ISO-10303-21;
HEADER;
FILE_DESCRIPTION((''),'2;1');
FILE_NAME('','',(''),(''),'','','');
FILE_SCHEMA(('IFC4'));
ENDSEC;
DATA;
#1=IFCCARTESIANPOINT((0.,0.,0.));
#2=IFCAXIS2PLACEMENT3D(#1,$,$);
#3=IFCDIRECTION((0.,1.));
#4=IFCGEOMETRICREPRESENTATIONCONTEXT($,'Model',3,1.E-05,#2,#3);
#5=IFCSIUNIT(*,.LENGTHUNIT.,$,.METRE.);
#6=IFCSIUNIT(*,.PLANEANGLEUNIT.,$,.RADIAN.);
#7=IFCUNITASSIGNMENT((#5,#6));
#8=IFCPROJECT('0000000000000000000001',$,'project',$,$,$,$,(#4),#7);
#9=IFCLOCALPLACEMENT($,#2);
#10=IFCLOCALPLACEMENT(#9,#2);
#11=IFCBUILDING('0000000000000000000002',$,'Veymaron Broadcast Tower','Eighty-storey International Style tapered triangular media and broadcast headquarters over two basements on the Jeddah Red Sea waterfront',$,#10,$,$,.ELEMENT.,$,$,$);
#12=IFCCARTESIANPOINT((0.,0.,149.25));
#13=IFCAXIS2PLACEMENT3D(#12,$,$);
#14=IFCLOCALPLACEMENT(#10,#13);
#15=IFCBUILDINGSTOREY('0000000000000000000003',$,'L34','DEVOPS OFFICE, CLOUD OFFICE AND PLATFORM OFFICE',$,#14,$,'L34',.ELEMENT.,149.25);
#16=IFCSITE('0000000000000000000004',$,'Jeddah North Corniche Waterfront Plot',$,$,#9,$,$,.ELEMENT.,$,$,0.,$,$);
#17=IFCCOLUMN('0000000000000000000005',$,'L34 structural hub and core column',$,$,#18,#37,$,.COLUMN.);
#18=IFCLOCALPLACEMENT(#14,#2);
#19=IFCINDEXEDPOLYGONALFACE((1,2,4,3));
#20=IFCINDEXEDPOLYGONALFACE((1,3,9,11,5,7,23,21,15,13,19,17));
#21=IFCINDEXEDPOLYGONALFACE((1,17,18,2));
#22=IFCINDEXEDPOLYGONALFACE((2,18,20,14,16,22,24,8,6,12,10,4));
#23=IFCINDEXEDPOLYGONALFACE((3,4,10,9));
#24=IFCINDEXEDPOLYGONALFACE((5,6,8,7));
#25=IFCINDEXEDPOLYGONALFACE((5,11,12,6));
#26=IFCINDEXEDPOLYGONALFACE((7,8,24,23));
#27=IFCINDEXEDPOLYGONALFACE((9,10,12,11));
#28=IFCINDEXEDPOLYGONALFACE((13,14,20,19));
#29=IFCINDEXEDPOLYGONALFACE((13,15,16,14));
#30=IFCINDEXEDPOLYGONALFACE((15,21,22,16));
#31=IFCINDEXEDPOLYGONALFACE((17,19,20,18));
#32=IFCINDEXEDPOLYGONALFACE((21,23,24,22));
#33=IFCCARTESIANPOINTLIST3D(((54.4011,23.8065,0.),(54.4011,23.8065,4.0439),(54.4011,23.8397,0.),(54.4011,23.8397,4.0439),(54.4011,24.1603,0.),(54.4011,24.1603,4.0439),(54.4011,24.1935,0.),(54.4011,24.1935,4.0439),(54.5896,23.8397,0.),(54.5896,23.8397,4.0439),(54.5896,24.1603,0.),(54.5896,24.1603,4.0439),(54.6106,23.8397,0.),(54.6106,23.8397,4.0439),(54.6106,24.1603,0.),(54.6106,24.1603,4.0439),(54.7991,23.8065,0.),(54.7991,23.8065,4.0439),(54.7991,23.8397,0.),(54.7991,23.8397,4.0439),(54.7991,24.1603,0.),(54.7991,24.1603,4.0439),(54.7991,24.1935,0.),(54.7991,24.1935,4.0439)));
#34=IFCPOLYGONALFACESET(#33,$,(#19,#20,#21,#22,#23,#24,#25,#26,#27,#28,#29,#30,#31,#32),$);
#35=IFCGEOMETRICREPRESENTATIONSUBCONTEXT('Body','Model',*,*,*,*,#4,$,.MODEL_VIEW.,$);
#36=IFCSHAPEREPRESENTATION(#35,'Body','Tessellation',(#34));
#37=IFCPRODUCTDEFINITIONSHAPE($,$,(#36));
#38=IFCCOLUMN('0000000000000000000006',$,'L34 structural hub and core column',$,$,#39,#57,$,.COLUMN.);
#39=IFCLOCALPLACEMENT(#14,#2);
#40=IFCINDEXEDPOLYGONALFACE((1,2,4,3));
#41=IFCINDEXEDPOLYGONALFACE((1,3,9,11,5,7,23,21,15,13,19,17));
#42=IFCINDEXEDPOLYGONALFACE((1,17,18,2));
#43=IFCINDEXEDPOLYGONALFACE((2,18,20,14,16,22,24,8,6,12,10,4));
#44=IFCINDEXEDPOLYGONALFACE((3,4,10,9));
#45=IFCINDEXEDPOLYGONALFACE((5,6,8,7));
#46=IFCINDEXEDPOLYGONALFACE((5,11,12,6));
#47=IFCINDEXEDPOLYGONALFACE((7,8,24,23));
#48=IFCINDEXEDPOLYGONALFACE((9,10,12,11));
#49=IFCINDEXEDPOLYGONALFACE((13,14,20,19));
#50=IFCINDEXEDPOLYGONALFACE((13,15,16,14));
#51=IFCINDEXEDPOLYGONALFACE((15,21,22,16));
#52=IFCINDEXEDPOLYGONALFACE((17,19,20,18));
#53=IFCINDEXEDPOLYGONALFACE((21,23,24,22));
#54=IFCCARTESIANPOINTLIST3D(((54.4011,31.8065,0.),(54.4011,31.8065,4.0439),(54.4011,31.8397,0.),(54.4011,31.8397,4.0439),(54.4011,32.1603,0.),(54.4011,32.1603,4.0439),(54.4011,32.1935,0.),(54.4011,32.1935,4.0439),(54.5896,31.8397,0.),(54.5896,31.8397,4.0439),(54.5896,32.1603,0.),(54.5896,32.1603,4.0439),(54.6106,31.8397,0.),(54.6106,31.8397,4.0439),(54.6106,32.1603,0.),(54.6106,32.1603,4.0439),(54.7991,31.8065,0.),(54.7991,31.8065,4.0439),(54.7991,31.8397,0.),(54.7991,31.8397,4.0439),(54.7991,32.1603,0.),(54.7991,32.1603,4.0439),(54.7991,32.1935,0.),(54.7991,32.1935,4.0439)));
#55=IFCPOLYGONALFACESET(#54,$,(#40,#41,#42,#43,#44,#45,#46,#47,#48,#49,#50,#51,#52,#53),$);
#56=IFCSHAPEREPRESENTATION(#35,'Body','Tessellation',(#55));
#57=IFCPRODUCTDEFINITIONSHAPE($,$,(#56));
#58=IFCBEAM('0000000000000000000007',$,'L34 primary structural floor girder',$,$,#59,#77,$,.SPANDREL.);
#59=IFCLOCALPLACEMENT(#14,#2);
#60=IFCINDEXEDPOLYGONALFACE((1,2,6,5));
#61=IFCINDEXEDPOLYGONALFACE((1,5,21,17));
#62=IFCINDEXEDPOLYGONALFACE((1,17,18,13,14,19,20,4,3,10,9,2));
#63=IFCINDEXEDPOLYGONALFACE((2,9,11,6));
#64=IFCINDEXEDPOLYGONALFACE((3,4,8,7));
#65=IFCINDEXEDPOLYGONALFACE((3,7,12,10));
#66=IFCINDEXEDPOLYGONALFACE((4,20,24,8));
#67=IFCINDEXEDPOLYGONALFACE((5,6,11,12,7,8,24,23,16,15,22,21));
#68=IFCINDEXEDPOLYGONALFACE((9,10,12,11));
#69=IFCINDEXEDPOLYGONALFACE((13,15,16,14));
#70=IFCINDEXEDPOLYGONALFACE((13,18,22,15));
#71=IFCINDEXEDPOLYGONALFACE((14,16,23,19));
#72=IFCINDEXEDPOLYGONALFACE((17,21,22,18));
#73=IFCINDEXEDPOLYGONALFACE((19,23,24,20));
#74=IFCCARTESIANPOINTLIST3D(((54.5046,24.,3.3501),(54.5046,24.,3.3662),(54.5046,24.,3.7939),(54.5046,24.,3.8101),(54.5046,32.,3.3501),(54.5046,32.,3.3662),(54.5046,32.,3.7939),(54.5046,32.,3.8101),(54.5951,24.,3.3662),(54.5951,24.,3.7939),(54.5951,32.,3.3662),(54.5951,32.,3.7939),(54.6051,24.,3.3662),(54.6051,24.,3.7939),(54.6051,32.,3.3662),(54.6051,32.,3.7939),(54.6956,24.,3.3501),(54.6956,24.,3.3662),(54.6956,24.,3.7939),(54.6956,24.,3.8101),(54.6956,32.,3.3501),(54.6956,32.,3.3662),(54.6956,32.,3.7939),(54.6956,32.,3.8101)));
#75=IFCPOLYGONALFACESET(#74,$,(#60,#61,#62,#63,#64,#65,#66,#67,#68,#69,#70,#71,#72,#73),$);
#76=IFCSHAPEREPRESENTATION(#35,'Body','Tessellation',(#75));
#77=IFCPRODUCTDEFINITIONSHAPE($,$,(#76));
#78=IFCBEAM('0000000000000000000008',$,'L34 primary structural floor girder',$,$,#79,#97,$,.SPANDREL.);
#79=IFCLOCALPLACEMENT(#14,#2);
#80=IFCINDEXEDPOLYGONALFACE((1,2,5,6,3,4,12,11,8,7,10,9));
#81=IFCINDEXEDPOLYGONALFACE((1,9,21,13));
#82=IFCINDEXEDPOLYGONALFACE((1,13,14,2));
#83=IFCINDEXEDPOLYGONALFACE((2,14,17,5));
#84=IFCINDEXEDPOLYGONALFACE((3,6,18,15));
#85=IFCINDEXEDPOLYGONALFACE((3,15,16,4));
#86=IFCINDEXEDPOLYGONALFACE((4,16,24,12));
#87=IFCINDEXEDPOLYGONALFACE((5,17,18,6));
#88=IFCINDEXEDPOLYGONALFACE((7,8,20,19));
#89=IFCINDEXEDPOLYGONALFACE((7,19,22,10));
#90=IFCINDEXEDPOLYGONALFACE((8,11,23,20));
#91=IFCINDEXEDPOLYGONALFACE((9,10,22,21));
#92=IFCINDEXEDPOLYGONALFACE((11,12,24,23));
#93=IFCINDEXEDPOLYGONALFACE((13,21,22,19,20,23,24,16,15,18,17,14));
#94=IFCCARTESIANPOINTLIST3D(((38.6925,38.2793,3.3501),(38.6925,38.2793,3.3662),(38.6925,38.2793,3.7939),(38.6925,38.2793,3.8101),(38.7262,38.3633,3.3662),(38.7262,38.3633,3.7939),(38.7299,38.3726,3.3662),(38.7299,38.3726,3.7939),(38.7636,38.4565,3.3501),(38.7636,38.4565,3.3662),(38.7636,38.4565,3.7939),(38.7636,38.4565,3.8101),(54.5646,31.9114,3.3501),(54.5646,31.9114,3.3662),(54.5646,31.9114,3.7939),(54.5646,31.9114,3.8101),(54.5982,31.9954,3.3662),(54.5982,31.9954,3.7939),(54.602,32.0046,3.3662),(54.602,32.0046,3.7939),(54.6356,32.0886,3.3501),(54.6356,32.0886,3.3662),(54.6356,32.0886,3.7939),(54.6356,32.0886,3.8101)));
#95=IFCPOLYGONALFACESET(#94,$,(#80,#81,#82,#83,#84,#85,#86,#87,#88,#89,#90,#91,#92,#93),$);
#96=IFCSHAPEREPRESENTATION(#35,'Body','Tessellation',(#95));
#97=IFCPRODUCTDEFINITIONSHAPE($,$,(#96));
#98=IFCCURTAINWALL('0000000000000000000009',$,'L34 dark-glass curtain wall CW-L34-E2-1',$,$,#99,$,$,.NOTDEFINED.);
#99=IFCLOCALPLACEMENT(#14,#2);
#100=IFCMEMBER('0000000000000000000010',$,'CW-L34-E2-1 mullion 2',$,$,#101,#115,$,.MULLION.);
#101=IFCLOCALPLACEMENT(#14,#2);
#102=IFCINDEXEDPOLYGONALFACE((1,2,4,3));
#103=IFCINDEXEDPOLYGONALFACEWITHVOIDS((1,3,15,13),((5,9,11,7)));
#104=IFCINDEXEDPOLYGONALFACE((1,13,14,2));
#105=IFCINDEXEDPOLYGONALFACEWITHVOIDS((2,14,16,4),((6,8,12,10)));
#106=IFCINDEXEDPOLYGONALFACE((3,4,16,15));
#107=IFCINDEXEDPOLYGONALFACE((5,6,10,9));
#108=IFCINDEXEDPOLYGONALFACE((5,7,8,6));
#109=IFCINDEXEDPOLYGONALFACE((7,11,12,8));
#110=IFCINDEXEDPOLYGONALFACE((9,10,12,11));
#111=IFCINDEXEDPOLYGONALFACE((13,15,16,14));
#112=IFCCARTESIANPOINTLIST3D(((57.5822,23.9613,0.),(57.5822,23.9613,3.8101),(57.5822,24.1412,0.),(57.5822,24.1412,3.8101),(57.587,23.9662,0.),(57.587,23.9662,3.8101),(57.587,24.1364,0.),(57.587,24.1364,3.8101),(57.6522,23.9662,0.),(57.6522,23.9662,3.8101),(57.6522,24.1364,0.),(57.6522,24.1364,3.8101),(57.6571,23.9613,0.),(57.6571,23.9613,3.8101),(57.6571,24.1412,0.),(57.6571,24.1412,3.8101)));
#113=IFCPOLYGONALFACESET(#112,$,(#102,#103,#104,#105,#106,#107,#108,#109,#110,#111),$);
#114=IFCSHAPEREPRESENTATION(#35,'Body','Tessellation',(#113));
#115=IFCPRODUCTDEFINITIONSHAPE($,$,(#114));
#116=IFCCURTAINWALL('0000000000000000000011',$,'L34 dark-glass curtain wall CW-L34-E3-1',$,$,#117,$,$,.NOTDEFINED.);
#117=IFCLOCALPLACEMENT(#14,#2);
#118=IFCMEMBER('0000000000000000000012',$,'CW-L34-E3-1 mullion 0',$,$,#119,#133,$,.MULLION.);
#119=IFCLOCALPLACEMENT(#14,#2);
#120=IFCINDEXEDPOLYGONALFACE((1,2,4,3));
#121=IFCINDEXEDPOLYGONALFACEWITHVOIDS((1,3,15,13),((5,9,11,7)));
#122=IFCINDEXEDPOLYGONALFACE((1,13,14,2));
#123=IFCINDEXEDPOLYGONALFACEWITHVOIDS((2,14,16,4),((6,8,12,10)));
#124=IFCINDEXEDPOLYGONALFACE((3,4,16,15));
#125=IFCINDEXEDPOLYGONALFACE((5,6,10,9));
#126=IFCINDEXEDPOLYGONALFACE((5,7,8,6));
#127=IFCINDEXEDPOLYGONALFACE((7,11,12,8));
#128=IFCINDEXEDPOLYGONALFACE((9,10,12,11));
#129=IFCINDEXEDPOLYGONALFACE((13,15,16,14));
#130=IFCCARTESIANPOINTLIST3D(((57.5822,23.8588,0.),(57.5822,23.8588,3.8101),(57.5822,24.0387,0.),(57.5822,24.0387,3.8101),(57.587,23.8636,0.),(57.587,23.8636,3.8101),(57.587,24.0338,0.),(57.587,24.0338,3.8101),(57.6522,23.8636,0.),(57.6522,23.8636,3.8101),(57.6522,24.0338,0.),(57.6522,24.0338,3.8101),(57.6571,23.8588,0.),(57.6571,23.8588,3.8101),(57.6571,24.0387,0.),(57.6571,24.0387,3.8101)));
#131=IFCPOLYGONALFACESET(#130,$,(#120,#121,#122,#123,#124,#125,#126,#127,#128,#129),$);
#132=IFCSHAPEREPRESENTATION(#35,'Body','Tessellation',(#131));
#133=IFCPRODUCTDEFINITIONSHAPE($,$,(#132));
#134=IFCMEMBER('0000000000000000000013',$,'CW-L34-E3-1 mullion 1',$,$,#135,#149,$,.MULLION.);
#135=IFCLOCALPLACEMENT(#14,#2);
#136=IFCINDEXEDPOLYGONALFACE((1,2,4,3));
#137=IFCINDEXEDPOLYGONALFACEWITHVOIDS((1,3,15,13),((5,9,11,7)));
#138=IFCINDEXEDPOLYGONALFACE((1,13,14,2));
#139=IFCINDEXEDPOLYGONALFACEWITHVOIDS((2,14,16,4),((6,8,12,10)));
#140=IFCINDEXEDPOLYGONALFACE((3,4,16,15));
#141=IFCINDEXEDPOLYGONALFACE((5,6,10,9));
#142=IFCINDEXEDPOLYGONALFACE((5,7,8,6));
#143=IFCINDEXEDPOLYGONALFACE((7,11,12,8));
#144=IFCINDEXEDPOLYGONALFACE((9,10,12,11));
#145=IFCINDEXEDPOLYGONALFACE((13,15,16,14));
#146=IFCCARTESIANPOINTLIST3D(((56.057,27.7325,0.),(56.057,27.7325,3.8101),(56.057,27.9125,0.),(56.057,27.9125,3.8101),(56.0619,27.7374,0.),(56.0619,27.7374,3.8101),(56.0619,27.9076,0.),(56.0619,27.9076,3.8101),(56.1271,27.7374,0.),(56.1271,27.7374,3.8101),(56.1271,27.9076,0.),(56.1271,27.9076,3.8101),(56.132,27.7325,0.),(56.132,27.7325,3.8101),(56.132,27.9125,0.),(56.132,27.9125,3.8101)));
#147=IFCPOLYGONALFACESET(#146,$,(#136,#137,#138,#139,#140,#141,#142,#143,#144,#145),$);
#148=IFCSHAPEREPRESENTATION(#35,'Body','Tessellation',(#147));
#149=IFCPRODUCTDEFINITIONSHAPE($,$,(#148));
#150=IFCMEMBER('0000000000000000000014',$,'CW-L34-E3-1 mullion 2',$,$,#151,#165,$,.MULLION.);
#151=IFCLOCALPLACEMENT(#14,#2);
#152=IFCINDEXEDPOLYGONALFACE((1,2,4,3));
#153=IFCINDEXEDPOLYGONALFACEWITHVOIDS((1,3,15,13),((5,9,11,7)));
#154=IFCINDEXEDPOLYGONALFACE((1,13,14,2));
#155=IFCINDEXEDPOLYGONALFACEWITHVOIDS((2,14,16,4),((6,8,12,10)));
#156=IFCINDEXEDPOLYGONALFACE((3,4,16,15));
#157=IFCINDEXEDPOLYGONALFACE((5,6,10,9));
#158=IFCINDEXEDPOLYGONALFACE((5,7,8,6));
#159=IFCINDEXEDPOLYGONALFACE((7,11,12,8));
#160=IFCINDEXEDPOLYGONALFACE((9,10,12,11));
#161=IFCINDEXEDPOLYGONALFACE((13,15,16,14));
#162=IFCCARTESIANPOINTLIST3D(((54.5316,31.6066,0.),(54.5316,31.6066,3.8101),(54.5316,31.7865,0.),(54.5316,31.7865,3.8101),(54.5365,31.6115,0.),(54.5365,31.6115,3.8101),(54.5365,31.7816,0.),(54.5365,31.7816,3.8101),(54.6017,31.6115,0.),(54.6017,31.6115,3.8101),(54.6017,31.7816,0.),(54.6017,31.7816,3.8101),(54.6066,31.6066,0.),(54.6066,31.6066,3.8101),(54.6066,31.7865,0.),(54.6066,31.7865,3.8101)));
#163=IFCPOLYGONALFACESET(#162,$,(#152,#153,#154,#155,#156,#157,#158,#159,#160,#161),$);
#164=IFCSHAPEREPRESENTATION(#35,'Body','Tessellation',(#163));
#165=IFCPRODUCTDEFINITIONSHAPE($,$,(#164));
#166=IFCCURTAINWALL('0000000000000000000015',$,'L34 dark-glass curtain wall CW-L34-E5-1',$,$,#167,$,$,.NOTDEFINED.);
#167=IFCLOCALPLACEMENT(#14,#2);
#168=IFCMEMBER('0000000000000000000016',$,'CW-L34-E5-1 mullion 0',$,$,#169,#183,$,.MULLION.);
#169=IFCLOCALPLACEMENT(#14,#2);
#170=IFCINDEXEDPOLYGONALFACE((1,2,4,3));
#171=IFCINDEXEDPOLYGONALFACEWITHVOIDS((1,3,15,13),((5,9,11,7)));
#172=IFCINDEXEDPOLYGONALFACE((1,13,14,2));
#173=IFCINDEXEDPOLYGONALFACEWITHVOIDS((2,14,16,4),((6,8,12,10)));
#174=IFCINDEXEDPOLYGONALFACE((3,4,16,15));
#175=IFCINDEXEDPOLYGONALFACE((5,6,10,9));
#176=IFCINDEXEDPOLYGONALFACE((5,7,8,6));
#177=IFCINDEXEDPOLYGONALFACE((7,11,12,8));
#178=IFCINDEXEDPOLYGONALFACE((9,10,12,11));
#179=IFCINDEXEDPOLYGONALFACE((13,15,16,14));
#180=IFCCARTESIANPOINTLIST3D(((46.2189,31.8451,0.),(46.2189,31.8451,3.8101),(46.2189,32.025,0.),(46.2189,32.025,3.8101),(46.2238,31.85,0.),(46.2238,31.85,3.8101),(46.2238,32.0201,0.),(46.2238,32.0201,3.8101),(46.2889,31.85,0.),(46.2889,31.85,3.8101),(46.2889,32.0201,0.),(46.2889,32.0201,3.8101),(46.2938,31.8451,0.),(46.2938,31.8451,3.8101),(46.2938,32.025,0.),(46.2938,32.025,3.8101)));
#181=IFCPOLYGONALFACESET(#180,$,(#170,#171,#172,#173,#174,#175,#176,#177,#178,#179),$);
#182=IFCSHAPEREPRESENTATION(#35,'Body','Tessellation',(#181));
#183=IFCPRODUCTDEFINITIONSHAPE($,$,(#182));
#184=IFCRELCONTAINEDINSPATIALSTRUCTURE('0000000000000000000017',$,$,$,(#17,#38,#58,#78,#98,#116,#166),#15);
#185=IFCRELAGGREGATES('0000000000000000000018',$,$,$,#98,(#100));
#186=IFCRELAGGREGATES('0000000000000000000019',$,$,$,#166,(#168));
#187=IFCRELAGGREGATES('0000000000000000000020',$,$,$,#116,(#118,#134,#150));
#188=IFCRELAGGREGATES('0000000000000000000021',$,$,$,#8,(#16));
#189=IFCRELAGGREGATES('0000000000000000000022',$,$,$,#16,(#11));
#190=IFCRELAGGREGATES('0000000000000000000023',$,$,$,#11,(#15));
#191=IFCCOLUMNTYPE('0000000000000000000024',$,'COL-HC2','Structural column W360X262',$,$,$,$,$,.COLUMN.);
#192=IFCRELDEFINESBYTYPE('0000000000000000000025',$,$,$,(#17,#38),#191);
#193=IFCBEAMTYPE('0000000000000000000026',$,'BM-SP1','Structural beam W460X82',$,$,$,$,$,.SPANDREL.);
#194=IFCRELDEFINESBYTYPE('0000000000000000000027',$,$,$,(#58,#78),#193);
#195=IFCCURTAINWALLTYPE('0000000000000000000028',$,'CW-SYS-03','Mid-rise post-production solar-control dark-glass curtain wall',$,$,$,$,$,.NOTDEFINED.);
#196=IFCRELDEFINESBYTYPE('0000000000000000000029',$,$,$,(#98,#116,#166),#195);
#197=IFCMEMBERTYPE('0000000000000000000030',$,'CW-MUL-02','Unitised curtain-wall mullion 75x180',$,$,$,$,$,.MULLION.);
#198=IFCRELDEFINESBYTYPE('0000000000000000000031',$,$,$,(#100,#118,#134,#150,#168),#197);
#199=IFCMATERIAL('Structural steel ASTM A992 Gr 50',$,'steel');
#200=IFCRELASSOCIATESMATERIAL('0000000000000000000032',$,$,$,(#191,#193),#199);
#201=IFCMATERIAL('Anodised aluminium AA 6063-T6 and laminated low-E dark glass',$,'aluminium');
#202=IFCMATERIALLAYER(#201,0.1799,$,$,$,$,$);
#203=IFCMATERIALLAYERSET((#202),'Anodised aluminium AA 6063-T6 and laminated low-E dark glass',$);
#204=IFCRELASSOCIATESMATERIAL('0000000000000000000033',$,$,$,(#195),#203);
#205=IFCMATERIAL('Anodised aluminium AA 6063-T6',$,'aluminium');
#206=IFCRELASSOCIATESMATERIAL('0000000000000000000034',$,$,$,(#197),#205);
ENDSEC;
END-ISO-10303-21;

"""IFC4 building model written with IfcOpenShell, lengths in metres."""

from ifc_helpers import new_model, si_unit, direction, frame, origin, origin_2d, place, context, subcontext, project, spatial, hollow_rectangle, i_section, extrude, material, layer, layer_set, material_profile, profile_set, type_object, element, aggregate, save


model = new_model("IFC4")

# Units and contexts
model_context = context("Model", 3, precision=1e-05, world=origin(), true_north=direction((0.0, 1.0)))
body_context = subcontext(model_context, "Body", "Model", "MODEL_VIEW")
ifc_project = project(units=[si_unit("LENGTHUNIT", "METRE"), si_unit("PLANEANGLEUNIT", "RADIAN")], contexts=[model_context])

# Site, building, storey
site_placement = place(None, origin())
site = spatial("IfcSite", under=ifc_project, at=site_placement, Name="Jeddah North Corniche Waterfront Plot", CompositionType="ELEMENT", RefElevation=0.0)
building_placement = place(site_placement, origin())
building = spatial("IfcBuilding", under=site, at=building_placement, Name="Veymaron Broadcast Tower", Description="Eighty-storey International Style tapered triangular media and broadcast headquarters over two basements on the Jeddah Red Sea waterfront", CompositionType="ELEMENT")
storey_placement = place(building_placement, frame((0.0, 0.0, 149.25)))
storey = spatial("IfcBuildingStorey", under=building, at=storey_placement, Name="L34", Description="DEVOPS OFFICE, CLOUD OFFICE AND PLATFORM OFFICE", LongName="L34", CompositionType="ELEMENT", Elevation=149.25)

# Columns
ifc_material_1 = material(Name="Structural steel ASTM A992 Gr 50", Category="steel")
ifc_material_profile_1 = material_profile(ifc_material_1, i_section(OverallWidth=0.3979, OverallDepth=0.387, WebThickness=0.021, FlangeThickness=0.0332, at=origin_2d()), Name="W360X262")
ifc_profile_set_1 = profile_set([ifc_material_profile_1], Name="Structural steel ASTM A992 Gr 50")
column_type = type_object("IfcColumnType", Name="COL-HC2", Description="Structural column W360X262", PredefinedType="COLUMN", material=ifc_profile_set_1)
for number, where, z_axis, x_axis, name in (
    (1, (54.6001, 24.0, 0.0), (0.0, 0.0, 1.0), (1.0, 0.0, 0.0), "L34 structural hub and core column"),
    (2, (54.6001, 32.0, 0.0), (0.0, 0.0, 1.0), (1.0, 0.0, 0.0), "L34 structural hub and core column"),
):
    element("IfcColumn", number, at=place(storey_placement, frame(where, z_axis=z_axis, x_axis=x_axis)), inside=storey, type_object=column_type, Name=name, PredefinedType="COLUMN", context=body_context, shape_type="SweptSolid", body=[
        extrude(i_section(OverallWidth=0.3979, OverallDepth=0.387, WebThickness=0.021, FlangeThickness=0.0332, at=origin_2d()), origin(), (0.0, 0.0, 1.0), 4.0439),
    ])

# Beams
ifc_material_profile_2 = material_profile(ifc_material_1, i_section(OverallWidth=0.1909, OverallDepth=0.46, WebThickness=0.01, FlangeThickness=0.0161, at=origin_2d()), Name="W460X82")
ifc_profile_set_2 = profile_set([ifc_material_profile_2], Name="Structural steel ASTM A992 Gr 50")
beam_type = type_object("IfcBeamType", Name="BM-SP1", Description="Structural beam W460X82", PredefinedType="SPANDREL", material=ifc_profile_set_2)
beam_1_placement = place(storey_placement, frame((54.6001, 24.0, 3.5801), z_axis=(0.0, 1.0, 0.0), x_axis=(-1.0, 0.0, 0.0)))
element("IfcBeam", 3, at=beam_1_placement, inside=storey, type_object=beam_type, Name="L34 primary structural floor girder", PredefinedType="SPANDREL", context=body_context, shape_type="SweptSolid", body=[
    extrude(i_section(OverallWidth=0.1909, OverallDepth=0.46, WebThickness=0.01, FlangeThickness=0.0161, at=origin_2d()), origin(), (0.0, 0.0, 1.0), 8.0),
])
beam_2_placement = place(storey_placement, frame((54.6001, 32.0, 3.5801), z_axis=(-0.928091, 0.372353, 0.0), x_axis=(-0.372353, -0.928091, 0.0)))
element("IfcBeam", 4, at=beam_2_placement, inside=storey, type_object=beam_type, Name="L34 primary structural floor girder", PredefinedType="SPANDREL", context=body_context, shape_type="SweptSolid", body=[
    extrude(i_section(OverallWidth=0.1909, OverallDepth=0.46, WebThickness=0.01, FlangeThickness=0.0161, at=origin_2d()), origin(), (0.0, 0.0, 1.0), 17.1018),
])

# Curtain wall, member
ifc_material_2 = material(Name="Anodised aluminium AA 6063-T6 and laminated low-E dark glass", Category="aluminium")
ifc_layer_1 = layer(ifc_material_2, 0.1799)
ifc_layer_set_1 = layer_set([ifc_layer_1], Name="Anodised aluminium AA 6063-T6 and laminated low-E dark glass")
curtain_wall_type = type_object("IfcCurtainWallType", Name="CW-SYS-03", Description="Mid-rise post-production solar-control dark-glass curtain wall", PredefinedType="NOTDEFINED", material=ifc_layer_set_1)
curtain_wall_1_placement = place(storey_placement, origin())
curtain_wall_1 = element("IfcCurtainWall", 5, at=curtain_wall_1_placement, inside=storey, type_object=curtain_wall_type, Name="L34 dark-glass curtain wall CW-L34-E2-1", PredefinedType="NOTDEFINED")
ifc_material_3 = material(Name="Anodised aluminium AA 6063-T6", Category="aluminium")
ifc_material_profile_3 = material_profile(ifc_material_3, hollow_rectangle(XDim=0.075, YDim=0.1799, WallThickness=0.0049, at=origin_2d()), Name="AL180X75X5")
ifc_profile_set_3 = profile_set([ifc_material_profile_3], Name="Anodised aluminium AA 6063-T6")
member_type_1 = type_object("IfcMemberType", Name="CW-MUL-02", Description="Unitised curtain-wall mullion 75x180", PredefinedType="MULLION", material=ifc_profile_set_3)
member_1_placement = place(storey_placement, frame((57.6196, 24.0513, 0.0), z_axis=(0.0, 0.0, 1.0), x_axis=(1.0, 0.0, 0.0)))
member_1 = element("IfcMember", 6, at=member_1_placement, type_object=member_type_1, Name="CW-L34-E2-1 mullion 2", PredefinedType="MULLION", context=body_context, shape_type="SweptSolid", body=[
    extrude(hollow_rectangle(XDim=0.075, YDim=0.1799, WallThickness=0.0049, at=origin_2d()), origin(), (0.0, 0.0, 1.0), 3.8101),
])
aggregate(curtain_wall_1, [member_1])

# Curtain wall, members
curtain_wall_2_placement = place(storey_placement, origin())
curtain_wall_2 = element("IfcCurtainWall", 7, at=curtain_wall_2_placement, inside=storey, type_object=curtain_wall_type, Name="L34 dark-glass curtain wall CW-L34-E3-1", PredefinedType="NOTDEFINED")
member_2_placement = place(storey_placement, frame((57.6196, 23.9487, 0.0), z_axis=(0.0, 0.0, 1.0), x_axis=(1.0, 0.0, 0.0)))
member_2 = element("IfcMember", 8, at=member_2_placement, type_object=member_type_1, Name="CW-L34-E3-1 mullion 0", PredefinedType="MULLION", context=body_context, shape_type="SweptSolid", body=[
    extrude(hollow_rectangle(XDim=0.075, YDim=0.1799, WallThickness=0.0049, at=origin_2d()), origin(), (0.0, 0.0, 1.0), 3.8101),
])
member_3_placement = place(storey_placement, frame((56.0945, 27.8225, 0.0), z_axis=(0.0, 0.0, 1.0), x_axis=(1.0, 0.0, 0.0)))
member_3 = element("IfcMember", 9, at=member_3_placement, type_object=member_type_1, Name="CW-L34-E3-1 mullion 1", PredefinedType="MULLION", context=body_context, shape_type="SweptSolid", body=[
    extrude(hollow_rectangle(XDim=0.075, YDim=0.1799, WallThickness=0.0049, at=origin_2d()), origin(), (0.0, 0.0, 1.0), 3.8101),
])
member_4_placement = place(storey_placement, frame((54.5691, 31.6965, 0.0), z_axis=(0.0, 0.0, 1.0), x_axis=(1.0, 0.0, 0.0)))
member_4 = element("IfcMember", 10, at=member_4_placement, type_object=member_type_1, Name="CW-L34-E3-1 mullion 2", PredefinedType="MULLION", context=body_context, shape_type="SweptSolid", body=[
    extrude(hollow_rectangle(XDim=0.075, YDim=0.1799, WallThickness=0.0049, at=origin_2d()), origin(), (0.0, 0.0, 1.0), 3.8101),
])

# Curtain wall, member
curtain_wall_3_placement = place(storey_placement, origin())
curtain_wall_3 = element("IfcCurtainWall", 11, at=curtain_wall_3_placement, inside=storey, type_object=curtain_wall_type, Name="L34 dark-glass curtain wall CW-L34-E5-1", PredefinedType="NOTDEFINED")
member_5_placement = place(storey_placement, frame((46.2563, 31.9351, 0.0), z_axis=(0.0, 0.0, 1.0), x_axis=(1.0, 0.0, 0.0)))
member_5 = element("IfcMember", 12, at=member_5_placement, type_object=member_type_1, Name="CW-L34-E5-1 mullion 0", PredefinedType="MULLION", context=body_context, shape_type="SweptSolid", body=[
    extrude(hollow_rectangle(XDim=0.075, YDim=0.1799, WallThickness=0.0049, at=origin_2d()), origin(), (0.0, 0.0, 1.0), 3.8101),
])

aggregate(curtain_wall_3, [member_5])

aggregate(curtain_wall_2, [member_2, member_3, member_4])

save(model, "model.ifc")
